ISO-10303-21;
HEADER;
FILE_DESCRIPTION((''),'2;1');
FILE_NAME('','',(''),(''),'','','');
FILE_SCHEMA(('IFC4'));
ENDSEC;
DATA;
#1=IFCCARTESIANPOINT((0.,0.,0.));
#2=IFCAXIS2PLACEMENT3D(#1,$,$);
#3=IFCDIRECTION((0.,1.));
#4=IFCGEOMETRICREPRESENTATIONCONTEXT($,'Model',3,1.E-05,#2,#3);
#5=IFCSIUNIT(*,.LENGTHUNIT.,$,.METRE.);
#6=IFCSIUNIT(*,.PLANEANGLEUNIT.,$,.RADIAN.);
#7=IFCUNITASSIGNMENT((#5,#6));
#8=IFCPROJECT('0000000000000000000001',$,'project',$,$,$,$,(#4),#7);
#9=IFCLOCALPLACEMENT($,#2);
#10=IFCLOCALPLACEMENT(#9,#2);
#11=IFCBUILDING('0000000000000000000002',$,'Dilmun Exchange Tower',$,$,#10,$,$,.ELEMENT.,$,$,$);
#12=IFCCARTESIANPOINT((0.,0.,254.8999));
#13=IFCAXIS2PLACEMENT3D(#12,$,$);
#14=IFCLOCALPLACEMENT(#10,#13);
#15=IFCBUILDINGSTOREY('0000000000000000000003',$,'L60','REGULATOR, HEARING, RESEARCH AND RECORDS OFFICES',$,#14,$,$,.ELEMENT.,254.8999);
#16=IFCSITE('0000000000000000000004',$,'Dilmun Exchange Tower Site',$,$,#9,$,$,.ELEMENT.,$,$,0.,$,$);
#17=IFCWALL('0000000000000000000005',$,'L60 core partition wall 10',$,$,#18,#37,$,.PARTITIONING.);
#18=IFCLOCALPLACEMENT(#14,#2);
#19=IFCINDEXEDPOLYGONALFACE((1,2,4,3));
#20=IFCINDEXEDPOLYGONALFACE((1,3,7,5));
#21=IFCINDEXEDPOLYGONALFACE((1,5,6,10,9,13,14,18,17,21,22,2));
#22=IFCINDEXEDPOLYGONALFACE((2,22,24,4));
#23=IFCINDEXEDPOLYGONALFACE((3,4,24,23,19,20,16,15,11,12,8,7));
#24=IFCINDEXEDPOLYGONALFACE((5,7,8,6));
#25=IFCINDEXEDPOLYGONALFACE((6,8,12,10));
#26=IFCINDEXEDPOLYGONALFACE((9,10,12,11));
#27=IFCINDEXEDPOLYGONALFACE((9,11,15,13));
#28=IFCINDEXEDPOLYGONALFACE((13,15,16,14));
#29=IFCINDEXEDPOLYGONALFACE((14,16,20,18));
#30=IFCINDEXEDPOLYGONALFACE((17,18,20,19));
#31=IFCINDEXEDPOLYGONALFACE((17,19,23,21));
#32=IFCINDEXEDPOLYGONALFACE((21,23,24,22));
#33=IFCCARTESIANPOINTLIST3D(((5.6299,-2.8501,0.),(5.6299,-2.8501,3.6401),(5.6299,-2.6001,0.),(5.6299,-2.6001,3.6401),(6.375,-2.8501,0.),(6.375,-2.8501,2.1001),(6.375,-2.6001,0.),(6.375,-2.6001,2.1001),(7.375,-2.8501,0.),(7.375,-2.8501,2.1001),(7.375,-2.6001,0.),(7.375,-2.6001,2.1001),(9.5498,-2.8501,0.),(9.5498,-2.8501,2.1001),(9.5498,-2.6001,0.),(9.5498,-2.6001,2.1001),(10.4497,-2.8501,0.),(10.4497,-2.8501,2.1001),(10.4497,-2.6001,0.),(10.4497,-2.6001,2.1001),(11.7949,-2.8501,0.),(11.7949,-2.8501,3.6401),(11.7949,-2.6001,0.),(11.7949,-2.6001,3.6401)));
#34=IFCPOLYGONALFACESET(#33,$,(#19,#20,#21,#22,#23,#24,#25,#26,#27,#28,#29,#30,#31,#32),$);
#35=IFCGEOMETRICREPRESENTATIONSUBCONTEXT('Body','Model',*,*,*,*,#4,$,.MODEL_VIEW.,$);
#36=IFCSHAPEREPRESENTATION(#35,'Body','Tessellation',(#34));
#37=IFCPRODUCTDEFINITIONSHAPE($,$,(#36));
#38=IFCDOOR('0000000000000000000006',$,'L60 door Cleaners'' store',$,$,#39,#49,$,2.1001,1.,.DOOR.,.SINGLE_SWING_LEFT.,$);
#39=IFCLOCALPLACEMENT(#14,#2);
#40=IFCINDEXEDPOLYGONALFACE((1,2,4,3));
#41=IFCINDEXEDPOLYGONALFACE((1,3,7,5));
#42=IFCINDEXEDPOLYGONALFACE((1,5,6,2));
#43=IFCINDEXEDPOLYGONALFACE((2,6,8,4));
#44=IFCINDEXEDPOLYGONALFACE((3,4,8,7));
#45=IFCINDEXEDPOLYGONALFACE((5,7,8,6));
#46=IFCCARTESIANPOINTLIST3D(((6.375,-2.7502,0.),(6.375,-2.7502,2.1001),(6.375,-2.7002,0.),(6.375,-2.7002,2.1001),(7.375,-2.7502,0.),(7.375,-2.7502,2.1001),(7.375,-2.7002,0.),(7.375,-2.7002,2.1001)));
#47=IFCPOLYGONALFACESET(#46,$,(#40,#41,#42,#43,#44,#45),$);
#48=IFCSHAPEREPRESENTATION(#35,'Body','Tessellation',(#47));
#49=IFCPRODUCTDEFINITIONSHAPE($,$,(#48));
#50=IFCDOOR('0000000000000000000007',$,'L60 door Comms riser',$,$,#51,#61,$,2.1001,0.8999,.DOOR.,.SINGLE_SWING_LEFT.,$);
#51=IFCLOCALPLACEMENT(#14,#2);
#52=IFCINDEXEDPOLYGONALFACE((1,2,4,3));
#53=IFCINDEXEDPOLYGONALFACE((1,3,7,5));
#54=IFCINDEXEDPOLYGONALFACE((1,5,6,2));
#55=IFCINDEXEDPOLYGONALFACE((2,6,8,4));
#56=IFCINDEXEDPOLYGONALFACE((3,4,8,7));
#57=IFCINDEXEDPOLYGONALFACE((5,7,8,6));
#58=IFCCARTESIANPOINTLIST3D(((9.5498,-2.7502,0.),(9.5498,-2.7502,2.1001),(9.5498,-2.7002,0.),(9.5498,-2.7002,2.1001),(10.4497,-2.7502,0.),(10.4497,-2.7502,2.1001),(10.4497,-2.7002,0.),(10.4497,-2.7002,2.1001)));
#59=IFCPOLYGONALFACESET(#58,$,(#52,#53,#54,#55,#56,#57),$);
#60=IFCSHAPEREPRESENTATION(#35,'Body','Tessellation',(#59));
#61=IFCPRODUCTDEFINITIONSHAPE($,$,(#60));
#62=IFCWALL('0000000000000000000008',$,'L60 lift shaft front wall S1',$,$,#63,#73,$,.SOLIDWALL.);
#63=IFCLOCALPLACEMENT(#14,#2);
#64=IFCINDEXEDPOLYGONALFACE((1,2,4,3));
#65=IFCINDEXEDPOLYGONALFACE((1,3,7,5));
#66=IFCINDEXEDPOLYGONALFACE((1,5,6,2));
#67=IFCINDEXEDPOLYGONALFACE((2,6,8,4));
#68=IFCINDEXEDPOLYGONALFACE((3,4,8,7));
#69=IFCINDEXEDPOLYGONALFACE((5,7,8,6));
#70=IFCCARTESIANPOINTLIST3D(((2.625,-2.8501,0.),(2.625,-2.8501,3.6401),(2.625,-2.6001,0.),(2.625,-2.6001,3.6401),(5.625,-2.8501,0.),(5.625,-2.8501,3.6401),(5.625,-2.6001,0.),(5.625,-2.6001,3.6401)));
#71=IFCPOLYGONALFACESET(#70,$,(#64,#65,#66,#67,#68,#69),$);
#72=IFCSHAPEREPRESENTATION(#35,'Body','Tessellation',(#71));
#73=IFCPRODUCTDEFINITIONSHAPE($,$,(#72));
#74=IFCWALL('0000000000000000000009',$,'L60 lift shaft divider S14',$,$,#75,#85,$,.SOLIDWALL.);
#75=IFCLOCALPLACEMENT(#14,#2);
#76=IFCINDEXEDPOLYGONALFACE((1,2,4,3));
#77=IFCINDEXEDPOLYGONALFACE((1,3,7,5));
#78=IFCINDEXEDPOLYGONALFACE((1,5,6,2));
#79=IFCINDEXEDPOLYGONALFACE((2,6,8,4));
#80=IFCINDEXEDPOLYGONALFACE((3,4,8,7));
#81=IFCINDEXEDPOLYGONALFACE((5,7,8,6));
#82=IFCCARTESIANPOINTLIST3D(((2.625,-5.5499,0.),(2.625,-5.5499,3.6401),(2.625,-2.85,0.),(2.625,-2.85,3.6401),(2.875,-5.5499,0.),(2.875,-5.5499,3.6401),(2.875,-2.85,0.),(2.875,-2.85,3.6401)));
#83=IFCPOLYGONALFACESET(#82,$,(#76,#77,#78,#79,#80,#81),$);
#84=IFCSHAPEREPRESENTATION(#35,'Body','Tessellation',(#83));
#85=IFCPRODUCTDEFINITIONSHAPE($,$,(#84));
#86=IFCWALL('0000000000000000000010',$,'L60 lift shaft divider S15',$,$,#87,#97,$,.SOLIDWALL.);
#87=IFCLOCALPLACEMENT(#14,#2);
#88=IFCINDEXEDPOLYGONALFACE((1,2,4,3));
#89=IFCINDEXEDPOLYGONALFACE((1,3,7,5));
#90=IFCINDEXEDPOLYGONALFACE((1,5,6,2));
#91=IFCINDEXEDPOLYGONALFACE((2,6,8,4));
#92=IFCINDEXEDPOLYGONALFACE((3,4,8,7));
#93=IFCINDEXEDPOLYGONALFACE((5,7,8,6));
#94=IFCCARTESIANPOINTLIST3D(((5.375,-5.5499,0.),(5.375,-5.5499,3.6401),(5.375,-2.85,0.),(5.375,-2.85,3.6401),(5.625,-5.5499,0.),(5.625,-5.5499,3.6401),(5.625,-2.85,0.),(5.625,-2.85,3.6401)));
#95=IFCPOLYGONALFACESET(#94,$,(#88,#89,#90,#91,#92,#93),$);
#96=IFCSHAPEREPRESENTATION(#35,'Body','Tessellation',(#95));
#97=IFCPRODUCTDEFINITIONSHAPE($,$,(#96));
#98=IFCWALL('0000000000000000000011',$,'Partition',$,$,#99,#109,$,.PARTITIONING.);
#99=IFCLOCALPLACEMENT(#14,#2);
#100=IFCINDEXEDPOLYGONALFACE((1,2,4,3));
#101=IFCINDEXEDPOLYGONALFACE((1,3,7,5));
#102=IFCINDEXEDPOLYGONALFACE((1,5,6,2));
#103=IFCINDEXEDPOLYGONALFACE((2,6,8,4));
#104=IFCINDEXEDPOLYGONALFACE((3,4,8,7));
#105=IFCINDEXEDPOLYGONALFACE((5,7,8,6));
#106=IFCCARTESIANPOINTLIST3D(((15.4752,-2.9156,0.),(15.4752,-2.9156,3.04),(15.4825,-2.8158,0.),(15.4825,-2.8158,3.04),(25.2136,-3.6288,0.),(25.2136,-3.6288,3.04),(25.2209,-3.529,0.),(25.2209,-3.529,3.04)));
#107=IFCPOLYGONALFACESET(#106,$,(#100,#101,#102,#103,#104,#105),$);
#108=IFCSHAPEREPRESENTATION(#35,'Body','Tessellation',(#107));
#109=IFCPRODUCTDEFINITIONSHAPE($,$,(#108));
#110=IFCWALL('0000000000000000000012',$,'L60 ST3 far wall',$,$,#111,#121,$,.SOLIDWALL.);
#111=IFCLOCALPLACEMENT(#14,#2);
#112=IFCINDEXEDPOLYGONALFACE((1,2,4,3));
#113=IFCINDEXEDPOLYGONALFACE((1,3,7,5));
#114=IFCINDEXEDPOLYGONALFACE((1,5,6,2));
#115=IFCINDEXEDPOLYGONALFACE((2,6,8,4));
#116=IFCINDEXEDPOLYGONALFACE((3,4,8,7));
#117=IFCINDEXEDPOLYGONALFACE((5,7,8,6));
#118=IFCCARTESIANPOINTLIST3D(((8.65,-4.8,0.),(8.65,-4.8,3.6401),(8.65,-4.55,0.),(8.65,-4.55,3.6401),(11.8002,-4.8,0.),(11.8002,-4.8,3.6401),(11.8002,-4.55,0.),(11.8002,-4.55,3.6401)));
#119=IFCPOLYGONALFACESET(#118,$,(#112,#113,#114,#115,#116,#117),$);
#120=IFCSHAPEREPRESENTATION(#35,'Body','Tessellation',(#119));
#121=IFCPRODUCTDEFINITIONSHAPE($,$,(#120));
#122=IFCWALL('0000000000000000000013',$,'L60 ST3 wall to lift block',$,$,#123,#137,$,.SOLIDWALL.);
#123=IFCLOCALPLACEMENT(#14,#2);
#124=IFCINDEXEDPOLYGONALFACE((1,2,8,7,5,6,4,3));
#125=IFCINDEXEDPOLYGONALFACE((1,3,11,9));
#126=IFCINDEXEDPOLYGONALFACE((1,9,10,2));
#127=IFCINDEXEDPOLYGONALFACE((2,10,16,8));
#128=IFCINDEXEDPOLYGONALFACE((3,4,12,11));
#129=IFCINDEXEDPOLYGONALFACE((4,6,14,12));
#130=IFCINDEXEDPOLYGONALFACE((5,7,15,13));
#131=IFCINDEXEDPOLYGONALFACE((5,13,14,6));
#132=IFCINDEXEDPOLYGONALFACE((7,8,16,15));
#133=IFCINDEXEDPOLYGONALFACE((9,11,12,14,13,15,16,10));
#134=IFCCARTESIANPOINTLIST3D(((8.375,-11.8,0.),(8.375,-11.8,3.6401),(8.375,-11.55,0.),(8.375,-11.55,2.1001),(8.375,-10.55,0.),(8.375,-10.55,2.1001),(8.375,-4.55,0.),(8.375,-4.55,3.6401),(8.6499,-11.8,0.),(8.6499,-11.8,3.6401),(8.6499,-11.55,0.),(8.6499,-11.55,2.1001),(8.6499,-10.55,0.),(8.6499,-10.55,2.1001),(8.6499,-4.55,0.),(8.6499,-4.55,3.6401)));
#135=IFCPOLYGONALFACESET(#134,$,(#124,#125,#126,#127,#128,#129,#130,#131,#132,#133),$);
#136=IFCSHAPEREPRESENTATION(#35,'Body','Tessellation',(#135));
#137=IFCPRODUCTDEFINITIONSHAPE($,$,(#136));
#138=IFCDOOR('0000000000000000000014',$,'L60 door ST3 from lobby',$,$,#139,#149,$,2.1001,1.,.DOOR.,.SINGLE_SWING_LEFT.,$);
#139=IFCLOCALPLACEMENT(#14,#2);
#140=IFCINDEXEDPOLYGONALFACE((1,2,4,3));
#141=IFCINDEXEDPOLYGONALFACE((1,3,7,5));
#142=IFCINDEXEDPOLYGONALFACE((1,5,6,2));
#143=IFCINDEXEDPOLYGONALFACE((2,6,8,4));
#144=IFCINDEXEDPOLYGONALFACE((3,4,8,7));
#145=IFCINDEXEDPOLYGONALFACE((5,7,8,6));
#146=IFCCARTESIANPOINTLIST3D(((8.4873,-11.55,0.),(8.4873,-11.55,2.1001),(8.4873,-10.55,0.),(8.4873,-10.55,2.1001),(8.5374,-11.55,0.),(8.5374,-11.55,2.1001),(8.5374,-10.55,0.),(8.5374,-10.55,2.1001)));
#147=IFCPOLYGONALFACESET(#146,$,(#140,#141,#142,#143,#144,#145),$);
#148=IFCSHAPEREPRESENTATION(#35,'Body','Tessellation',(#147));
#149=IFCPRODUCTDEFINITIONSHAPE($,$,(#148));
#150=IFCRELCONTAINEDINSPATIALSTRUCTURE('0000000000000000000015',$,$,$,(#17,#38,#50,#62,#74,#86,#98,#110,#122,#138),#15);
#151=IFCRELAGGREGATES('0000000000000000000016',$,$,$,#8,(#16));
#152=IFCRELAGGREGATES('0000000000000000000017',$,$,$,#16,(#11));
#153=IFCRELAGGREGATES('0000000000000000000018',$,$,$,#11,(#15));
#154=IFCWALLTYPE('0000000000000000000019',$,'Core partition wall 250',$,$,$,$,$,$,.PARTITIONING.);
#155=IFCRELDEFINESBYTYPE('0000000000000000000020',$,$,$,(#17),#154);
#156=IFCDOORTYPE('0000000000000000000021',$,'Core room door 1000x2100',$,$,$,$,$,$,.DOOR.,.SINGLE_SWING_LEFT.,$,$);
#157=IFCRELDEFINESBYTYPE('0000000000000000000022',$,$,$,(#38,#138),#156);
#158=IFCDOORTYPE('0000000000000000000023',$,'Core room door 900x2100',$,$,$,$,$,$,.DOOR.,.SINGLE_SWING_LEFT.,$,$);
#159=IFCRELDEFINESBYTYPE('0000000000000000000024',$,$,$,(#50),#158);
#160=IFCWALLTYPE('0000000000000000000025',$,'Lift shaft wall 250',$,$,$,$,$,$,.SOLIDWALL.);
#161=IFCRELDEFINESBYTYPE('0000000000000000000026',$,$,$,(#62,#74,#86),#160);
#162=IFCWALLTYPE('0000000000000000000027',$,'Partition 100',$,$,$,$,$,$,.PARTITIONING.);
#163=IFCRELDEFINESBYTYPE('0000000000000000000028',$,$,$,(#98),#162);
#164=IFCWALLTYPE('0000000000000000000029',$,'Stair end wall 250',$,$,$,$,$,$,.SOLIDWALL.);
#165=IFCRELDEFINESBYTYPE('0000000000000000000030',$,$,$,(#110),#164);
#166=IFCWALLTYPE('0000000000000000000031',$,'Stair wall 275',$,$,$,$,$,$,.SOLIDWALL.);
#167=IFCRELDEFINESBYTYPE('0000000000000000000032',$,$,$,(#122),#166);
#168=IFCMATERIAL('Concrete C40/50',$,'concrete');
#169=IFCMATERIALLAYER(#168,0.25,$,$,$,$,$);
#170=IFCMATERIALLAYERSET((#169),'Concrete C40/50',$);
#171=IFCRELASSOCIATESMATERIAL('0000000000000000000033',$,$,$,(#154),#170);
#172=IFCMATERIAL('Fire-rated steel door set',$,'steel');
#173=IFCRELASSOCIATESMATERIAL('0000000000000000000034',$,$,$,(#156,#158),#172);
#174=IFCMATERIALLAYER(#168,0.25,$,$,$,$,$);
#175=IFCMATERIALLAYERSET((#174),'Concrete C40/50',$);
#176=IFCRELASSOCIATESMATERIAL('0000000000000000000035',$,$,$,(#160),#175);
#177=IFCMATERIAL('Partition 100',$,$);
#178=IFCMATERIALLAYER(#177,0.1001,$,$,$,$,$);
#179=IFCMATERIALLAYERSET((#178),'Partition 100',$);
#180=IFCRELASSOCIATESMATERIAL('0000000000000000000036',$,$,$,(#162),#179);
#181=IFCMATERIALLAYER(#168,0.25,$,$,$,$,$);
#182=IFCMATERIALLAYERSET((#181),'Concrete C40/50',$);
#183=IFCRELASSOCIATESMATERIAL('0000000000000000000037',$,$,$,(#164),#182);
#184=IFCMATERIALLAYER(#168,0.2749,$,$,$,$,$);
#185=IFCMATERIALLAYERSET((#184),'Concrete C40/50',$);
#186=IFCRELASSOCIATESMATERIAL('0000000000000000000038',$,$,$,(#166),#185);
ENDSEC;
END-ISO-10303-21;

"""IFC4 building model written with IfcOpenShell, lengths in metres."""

from ifc_helpers import new_model, si_unit, direction, frame, frame_2d, origin, place, context, subcontext, project, spatial, rectangle, extrude, material, layer, layer_set, type_object, element, fill, save


model = new_model("IFC4")

# Units and contexts
model_context = context("Model", 3, precision=1e-05, world=origin(), true_north=direction((0.0, 1.0)))
body_context = subcontext(model_context, "Body", "Model", "MODEL_VIEW")
ifc_project = project(units=[si_unit("LENGTHUNIT", "METRE"), si_unit("PLANEANGLEUNIT", "RADIAN")], contexts=[model_context])

# Site, building, storey
site_placement = place(None, origin())
site = spatial("IfcSite", under=ifc_project, at=site_placement, Name="Dilmun Exchange Tower Site", CompositionType="ELEMENT", RefElevation=0.0)
building_placement = place(site_placement, origin())
building = spatial("IfcBuilding", under=site, at=building_placement, Name="Dilmun Exchange Tower", CompositionType="ELEMENT")
storey_placement = place(building_placement, frame((0.0, 0.0, 254.8999)))
storey = spatial("IfcBuildingStorey", under=building, at=storey_placement, Name="L60", Description="REGULATOR, HEARING, RESEARCH AND RECORDS OFFICES", CompositionType="ELEMENT", Elevation=254.8999)

# Shared definitions
ifc_material_1 = material(Name="Concrete C40/50", Category="concrete")

# Shared definitions
ifc_layer_1 = layer(ifc_material_1, 0.25)
ifc_layer_set_1 = layer_set([ifc_layer_1], Name="Concrete C40/50")
wall_type_1 = type_object("IfcWallType", Name="Core partition wall 250", PredefinedType="PARTITIONING", material=ifc_layer_set_1)

# Wall, openings, doors
wall_1_placement = place(storey_placement, frame((5.6299, -2.7251, 0.0), z_axis=(0.0, 0.0, 1.0), x_axis=(1.0, 0.0, 0.0)))
wall_1 = element("IfcWall", 1, at=wall_1_placement, inside=storey, type_object=wall_type_1, Name="L60 core partition wall 10", PredefinedType="PARTITIONING", context=body_context, shape_type="SweptSolid", body=[
    extrude(rectangle(XDim=6.165, YDim=0.25, at=frame_2d((3.0825, 0.0))), origin(), (0.0, 0.0, 1.0), 3.6401),
])
opening_1_placement = place(wall_1_placement, frame((0.7451, 0.0, 0.0)))
opening_1 = element("IfcOpeningElement", 2, at=opening_1_placement, cuts=wall_1, PredefinedType="OPENING", context=body_context, shape_type="SweptSolid", body=[
    extrude(rectangle(XDim=1.0, YDim=2.1001, at=frame_2d((0.5, 1.05))), frame((0.0, 0.135, 0.0), z_axis=(0.0, -1.0, 0.0), x_axis=(1.0, 0.0, 0.0)), (0.0, 0.0, 1.0), 0.27),
])
opening_2_placement = place(wall_1_placement, frame((3.9199, 0.0, 0.0)))
opening_2 = element("IfcOpeningElement", 3, at=opening_2_placement, cuts=wall_1, PredefinedType="OPENING", context=body_context, shape_type="SweptSolid", body=[
    extrude(rectangle(XDim=0.8999, YDim=2.1001, at=frame_2d((0.45, 1.05))), frame((0.0, 0.135, 0.0), z_axis=(0.0, -1.0, 0.0), x_axis=(1.0, 0.0, 0.0)), (0.0, 0.0, 1.0), 0.27),
])
ifc_material_2 = material(Name="Fire-rated steel door set", Category="steel")
door_type_1 = type_object("IfcDoorType", Name="Core room door 1000x2100", OperationType="SINGLE_SWING_LEFT", PredefinedType="DOOR", material=ifc_material_2)
door_1_placement = place(opening_1_placement, origin())
door_1 = element("IfcDoor", 4, at=door_1_placement, inside=storey, type_object=door_type_1, Name="L60 door Cleaners' store", OperationType="SINGLE_SWING_LEFT", OverallHeight=2.1001, OverallWidth=1.0, PredefinedType="DOOR", context=body_context, shape_type="SweptSolid", body=[
    extrude(rectangle(XDim=1.0, YDim=2.1001, at=frame_2d((0.5, 1.05))), frame((0.0, 0.0249, 0.0), z_axis=(0.0, -1.0, 0.0), x_axis=(1.0, 0.0, 0.0)), (0.0, 0.0, 1.0), 0.05),
])
fill(opening_1, door_1)
door_type_2 = type_object("IfcDoorType", Name="Core room door 900x2100", OperationType="SINGLE_SWING_LEFT", PredefinedType="DOOR", material=ifc_material_2)
door_2_placement = place(opening_2_placement, origin())
door_2 = element("IfcDoor", 5, at=door_2_placement, inside=storey, type_object=door_type_2, Name="L60 door Comms riser", OperationType="SINGLE_SWING_LEFT", OverallHeight=2.1001, OverallWidth=0.8999, PredefinedType="DOOR", context=body_context, shape_type="SweptSolid", body=[
    extrude(rectangle(XDim=0.8999, YDim=2.1001, at=frame_2d((0.45, 1.05))), frame((0.0, 0.0249, 0.0), z_axis=(0.0, -1.0, 0.0), x_axis=(1.0, 0.0, 0.0)), (0.0, 0.0, 1.0), 0.05),
])
fill(opening_2, door_2)

# Walls
ifc_layer_2 = layer(ifc_material_1, 0.25)
ifc_layer_set_2 = layer_set([ifc_layer_2], Name="Concrete C40/50")
wall_type_2 = type_object("IfcWallType", Name="Lift shaft wall 250", PredefinedType="SOLIDWALL", material=ifc_layer_set_2)
wall_2_placement = place(storey_placement, frame((2.625, -2.7251, 0.0), z_axis=(0.0, 0.0, 1.0), x_axis=(1.0, 0.0, 0.0)))
element("IfcWall", 6, at=wall_2_placement, inside=storey, type_object=wall_type_2, Name="L60 lift shaft front wall S1", PredefinedType="SOLIDWALL", context=body_context, shape_type="SweptSolid", body=[
    extrude(rectangle(XDim=3.0, YDim=0.25, at=frame_2d((1.5, 0.0))), origin(), (0.0, 0.0, 1.0), 3.6401),
])
for number, where, z_axis, x_axis, name in (
    (7, (2.75, -5.55, 0.0), (0.0, 0.0, 1.0), (0.0, 1.0, 0.0), "L60 lift shaft divider S14"),
    (8, (5.5, -5.55, 0.0), (0.0, 0.0, 1.0), (0.0, 1.0, 0.0), "L60 lift shaft divider S15"),
):
    element("IfcWall", number, at=place(storey_placement, frame(where, z_axis=z_axis, x_axis=x_axis)), inside=storey, type_object=wall_type_2, Name=name, PredefinedType="SOLIDWALL", context=body_context, shape_type="SweptSolid", body=[
        extrude(rectangle(XDim=2.7, YDim=0.25, at=frame_2d((1.3501, 0.0))), origin(), (0.0, 0.0, 1.0), 3.6401),
    ])
ifc_material_3 = material(Name="Partition 100")
ifc_layer_3 = layer(ifc_material_3, 0.1001)
ifc_layer_set_3 = layer_set([ifc_layer_3], Name="Partition 100")
wall_type_3 = type_object("IfcWallType", Name="Partition 100", PredefinedType="PARTITIONING", material=ifc_layer_set_3)
wall_3_placement = place(storey_placement, frame((15.4788, -2.8657, 0.0), z_axis=(0.0, 0.0, 1.0), x_axis=(0.997329, -0.073034, 0.0)))
element("IfcWall", 9, at=wall_3_placement, inside=storey, type_object=wall_type_3, Name="Partition", PredefinedType="PARTITIONING", context=body_context, shape_type="SweptSolid", body=[
    extrude(rectangle(XDim=9.7644, YDim=0.1001, at=frame_2d((4.8823, 0.0))), origin(), (0.0, 0.0, 1.0), 3.04),
])
ifc_layer_4 = layer(ifc_material_1, 0.25)
ifc_layer_set_4 = layer_set([ifc_layer_4], Name="Concrete C40/50")
wall_type_4 = type_object("IfcWallType", Name="Stair end wall 250", PredefinedType="SOLIDWALL", material=ifc_layer_set_4)
wall_4_placement = place(storey_placement, frame((8.6499, -4.675, 0.0), z_axis=(0.0, 0.0, 1.0), x_axis=(1.0, 0.0, 0.0)))
element("IfcWall", 10, at=wall_4_placement, inside=storey, type_object=wall_type_4, Name="L60 ST3 far wall", PredefinedType="SOLIDWALL", context=body_context, shape_type="SweptSolid", body=[
    extrude(rectangle(XDim=3.1501, YDim=0.25, at=frame_2d((1.5752, 0.0))), origin(), (0.0, 0.0, 1.0), 3.6401),
])

# Wall, opening, door
ifc_layer_5 = layer(ifc_material_1, 0.2749)
ifc_layer_set_5 = layer_set([ifc_layer_5], Name="Concrete C40/50")
wall_type_5 = type_object("IfcWallType", Name="Stair wall 275", PredefinedType="SOLIDWALL", material=ifc_layer_set_5)
wall_5_placement = place(storey_placement, frame((8.5125, -4.55, 0.0), z_axis=(0.0, 0.0, 1.0), x_axis=(0.0, -1.0, 0.0)))
wall_5 = element("IfcWall", 11, at=wall_5_placement, inside=storey, type_object=wall_type_5, Name="L60 ST3 wall to lift block", PredefinedType="SOLIDWALL", context=body_context, shape_type="SweptSolid", body=[
    extrude(rectangle(XDim=7.25, YDim=0.2749, at=frame_2d((3.625, 0.0))), origin(), (0.0, 0.0, 1.0), 3.6401),
])
opening_3_placement = place(wall_5_placement, frame((6.0, 0.0, 0.0)))
opening_3 = element("IfcOpeningElement", 12, at=opening_3_placement, cuts=wall_5, PredefinedType="OPENING", context=body_context, shape_type="SweptSolid", body=[
    extrude(rectangle(XDim=1.0, YDim=2.1001, at=frame_2d((0.5, 1.05))), frame((0.0, 0.1475, 0.0), z_axis=(0.0, -1.0, 0.0), x_axis=(1.0, 0.0, 0.0)), (0.0, 0.0, 1.0), 0.2949),
])
door_3_placement = place(opening_3_placement, origin())
door_3 = element("IfcDoor", 13, at=door_3_placement, inside=storey, type_object=door_type_1, Name="L60 door ST3 from lobby", OperationType="SINGLE_SWING_LEFT", OverallHeight=2.1001, OverallWidth=1.0, PredefinedType="DOOR", context=body_context, shape_type="SweptSolid", body=[
    extrude(rectangle(XDim=1.0, YDim=2.1001, at=frame_2d((0.5, 1.05))), frame((0.0, 0.0249, 0.0), z_axis=(0.0, -1.0, 0.0), x_axis=(1.0, 0.0, 0.0)), (0.0, 0.0, 1.0), 0.05),
])
fill(opening_3, door_3)

save(model, "model.ifc")
